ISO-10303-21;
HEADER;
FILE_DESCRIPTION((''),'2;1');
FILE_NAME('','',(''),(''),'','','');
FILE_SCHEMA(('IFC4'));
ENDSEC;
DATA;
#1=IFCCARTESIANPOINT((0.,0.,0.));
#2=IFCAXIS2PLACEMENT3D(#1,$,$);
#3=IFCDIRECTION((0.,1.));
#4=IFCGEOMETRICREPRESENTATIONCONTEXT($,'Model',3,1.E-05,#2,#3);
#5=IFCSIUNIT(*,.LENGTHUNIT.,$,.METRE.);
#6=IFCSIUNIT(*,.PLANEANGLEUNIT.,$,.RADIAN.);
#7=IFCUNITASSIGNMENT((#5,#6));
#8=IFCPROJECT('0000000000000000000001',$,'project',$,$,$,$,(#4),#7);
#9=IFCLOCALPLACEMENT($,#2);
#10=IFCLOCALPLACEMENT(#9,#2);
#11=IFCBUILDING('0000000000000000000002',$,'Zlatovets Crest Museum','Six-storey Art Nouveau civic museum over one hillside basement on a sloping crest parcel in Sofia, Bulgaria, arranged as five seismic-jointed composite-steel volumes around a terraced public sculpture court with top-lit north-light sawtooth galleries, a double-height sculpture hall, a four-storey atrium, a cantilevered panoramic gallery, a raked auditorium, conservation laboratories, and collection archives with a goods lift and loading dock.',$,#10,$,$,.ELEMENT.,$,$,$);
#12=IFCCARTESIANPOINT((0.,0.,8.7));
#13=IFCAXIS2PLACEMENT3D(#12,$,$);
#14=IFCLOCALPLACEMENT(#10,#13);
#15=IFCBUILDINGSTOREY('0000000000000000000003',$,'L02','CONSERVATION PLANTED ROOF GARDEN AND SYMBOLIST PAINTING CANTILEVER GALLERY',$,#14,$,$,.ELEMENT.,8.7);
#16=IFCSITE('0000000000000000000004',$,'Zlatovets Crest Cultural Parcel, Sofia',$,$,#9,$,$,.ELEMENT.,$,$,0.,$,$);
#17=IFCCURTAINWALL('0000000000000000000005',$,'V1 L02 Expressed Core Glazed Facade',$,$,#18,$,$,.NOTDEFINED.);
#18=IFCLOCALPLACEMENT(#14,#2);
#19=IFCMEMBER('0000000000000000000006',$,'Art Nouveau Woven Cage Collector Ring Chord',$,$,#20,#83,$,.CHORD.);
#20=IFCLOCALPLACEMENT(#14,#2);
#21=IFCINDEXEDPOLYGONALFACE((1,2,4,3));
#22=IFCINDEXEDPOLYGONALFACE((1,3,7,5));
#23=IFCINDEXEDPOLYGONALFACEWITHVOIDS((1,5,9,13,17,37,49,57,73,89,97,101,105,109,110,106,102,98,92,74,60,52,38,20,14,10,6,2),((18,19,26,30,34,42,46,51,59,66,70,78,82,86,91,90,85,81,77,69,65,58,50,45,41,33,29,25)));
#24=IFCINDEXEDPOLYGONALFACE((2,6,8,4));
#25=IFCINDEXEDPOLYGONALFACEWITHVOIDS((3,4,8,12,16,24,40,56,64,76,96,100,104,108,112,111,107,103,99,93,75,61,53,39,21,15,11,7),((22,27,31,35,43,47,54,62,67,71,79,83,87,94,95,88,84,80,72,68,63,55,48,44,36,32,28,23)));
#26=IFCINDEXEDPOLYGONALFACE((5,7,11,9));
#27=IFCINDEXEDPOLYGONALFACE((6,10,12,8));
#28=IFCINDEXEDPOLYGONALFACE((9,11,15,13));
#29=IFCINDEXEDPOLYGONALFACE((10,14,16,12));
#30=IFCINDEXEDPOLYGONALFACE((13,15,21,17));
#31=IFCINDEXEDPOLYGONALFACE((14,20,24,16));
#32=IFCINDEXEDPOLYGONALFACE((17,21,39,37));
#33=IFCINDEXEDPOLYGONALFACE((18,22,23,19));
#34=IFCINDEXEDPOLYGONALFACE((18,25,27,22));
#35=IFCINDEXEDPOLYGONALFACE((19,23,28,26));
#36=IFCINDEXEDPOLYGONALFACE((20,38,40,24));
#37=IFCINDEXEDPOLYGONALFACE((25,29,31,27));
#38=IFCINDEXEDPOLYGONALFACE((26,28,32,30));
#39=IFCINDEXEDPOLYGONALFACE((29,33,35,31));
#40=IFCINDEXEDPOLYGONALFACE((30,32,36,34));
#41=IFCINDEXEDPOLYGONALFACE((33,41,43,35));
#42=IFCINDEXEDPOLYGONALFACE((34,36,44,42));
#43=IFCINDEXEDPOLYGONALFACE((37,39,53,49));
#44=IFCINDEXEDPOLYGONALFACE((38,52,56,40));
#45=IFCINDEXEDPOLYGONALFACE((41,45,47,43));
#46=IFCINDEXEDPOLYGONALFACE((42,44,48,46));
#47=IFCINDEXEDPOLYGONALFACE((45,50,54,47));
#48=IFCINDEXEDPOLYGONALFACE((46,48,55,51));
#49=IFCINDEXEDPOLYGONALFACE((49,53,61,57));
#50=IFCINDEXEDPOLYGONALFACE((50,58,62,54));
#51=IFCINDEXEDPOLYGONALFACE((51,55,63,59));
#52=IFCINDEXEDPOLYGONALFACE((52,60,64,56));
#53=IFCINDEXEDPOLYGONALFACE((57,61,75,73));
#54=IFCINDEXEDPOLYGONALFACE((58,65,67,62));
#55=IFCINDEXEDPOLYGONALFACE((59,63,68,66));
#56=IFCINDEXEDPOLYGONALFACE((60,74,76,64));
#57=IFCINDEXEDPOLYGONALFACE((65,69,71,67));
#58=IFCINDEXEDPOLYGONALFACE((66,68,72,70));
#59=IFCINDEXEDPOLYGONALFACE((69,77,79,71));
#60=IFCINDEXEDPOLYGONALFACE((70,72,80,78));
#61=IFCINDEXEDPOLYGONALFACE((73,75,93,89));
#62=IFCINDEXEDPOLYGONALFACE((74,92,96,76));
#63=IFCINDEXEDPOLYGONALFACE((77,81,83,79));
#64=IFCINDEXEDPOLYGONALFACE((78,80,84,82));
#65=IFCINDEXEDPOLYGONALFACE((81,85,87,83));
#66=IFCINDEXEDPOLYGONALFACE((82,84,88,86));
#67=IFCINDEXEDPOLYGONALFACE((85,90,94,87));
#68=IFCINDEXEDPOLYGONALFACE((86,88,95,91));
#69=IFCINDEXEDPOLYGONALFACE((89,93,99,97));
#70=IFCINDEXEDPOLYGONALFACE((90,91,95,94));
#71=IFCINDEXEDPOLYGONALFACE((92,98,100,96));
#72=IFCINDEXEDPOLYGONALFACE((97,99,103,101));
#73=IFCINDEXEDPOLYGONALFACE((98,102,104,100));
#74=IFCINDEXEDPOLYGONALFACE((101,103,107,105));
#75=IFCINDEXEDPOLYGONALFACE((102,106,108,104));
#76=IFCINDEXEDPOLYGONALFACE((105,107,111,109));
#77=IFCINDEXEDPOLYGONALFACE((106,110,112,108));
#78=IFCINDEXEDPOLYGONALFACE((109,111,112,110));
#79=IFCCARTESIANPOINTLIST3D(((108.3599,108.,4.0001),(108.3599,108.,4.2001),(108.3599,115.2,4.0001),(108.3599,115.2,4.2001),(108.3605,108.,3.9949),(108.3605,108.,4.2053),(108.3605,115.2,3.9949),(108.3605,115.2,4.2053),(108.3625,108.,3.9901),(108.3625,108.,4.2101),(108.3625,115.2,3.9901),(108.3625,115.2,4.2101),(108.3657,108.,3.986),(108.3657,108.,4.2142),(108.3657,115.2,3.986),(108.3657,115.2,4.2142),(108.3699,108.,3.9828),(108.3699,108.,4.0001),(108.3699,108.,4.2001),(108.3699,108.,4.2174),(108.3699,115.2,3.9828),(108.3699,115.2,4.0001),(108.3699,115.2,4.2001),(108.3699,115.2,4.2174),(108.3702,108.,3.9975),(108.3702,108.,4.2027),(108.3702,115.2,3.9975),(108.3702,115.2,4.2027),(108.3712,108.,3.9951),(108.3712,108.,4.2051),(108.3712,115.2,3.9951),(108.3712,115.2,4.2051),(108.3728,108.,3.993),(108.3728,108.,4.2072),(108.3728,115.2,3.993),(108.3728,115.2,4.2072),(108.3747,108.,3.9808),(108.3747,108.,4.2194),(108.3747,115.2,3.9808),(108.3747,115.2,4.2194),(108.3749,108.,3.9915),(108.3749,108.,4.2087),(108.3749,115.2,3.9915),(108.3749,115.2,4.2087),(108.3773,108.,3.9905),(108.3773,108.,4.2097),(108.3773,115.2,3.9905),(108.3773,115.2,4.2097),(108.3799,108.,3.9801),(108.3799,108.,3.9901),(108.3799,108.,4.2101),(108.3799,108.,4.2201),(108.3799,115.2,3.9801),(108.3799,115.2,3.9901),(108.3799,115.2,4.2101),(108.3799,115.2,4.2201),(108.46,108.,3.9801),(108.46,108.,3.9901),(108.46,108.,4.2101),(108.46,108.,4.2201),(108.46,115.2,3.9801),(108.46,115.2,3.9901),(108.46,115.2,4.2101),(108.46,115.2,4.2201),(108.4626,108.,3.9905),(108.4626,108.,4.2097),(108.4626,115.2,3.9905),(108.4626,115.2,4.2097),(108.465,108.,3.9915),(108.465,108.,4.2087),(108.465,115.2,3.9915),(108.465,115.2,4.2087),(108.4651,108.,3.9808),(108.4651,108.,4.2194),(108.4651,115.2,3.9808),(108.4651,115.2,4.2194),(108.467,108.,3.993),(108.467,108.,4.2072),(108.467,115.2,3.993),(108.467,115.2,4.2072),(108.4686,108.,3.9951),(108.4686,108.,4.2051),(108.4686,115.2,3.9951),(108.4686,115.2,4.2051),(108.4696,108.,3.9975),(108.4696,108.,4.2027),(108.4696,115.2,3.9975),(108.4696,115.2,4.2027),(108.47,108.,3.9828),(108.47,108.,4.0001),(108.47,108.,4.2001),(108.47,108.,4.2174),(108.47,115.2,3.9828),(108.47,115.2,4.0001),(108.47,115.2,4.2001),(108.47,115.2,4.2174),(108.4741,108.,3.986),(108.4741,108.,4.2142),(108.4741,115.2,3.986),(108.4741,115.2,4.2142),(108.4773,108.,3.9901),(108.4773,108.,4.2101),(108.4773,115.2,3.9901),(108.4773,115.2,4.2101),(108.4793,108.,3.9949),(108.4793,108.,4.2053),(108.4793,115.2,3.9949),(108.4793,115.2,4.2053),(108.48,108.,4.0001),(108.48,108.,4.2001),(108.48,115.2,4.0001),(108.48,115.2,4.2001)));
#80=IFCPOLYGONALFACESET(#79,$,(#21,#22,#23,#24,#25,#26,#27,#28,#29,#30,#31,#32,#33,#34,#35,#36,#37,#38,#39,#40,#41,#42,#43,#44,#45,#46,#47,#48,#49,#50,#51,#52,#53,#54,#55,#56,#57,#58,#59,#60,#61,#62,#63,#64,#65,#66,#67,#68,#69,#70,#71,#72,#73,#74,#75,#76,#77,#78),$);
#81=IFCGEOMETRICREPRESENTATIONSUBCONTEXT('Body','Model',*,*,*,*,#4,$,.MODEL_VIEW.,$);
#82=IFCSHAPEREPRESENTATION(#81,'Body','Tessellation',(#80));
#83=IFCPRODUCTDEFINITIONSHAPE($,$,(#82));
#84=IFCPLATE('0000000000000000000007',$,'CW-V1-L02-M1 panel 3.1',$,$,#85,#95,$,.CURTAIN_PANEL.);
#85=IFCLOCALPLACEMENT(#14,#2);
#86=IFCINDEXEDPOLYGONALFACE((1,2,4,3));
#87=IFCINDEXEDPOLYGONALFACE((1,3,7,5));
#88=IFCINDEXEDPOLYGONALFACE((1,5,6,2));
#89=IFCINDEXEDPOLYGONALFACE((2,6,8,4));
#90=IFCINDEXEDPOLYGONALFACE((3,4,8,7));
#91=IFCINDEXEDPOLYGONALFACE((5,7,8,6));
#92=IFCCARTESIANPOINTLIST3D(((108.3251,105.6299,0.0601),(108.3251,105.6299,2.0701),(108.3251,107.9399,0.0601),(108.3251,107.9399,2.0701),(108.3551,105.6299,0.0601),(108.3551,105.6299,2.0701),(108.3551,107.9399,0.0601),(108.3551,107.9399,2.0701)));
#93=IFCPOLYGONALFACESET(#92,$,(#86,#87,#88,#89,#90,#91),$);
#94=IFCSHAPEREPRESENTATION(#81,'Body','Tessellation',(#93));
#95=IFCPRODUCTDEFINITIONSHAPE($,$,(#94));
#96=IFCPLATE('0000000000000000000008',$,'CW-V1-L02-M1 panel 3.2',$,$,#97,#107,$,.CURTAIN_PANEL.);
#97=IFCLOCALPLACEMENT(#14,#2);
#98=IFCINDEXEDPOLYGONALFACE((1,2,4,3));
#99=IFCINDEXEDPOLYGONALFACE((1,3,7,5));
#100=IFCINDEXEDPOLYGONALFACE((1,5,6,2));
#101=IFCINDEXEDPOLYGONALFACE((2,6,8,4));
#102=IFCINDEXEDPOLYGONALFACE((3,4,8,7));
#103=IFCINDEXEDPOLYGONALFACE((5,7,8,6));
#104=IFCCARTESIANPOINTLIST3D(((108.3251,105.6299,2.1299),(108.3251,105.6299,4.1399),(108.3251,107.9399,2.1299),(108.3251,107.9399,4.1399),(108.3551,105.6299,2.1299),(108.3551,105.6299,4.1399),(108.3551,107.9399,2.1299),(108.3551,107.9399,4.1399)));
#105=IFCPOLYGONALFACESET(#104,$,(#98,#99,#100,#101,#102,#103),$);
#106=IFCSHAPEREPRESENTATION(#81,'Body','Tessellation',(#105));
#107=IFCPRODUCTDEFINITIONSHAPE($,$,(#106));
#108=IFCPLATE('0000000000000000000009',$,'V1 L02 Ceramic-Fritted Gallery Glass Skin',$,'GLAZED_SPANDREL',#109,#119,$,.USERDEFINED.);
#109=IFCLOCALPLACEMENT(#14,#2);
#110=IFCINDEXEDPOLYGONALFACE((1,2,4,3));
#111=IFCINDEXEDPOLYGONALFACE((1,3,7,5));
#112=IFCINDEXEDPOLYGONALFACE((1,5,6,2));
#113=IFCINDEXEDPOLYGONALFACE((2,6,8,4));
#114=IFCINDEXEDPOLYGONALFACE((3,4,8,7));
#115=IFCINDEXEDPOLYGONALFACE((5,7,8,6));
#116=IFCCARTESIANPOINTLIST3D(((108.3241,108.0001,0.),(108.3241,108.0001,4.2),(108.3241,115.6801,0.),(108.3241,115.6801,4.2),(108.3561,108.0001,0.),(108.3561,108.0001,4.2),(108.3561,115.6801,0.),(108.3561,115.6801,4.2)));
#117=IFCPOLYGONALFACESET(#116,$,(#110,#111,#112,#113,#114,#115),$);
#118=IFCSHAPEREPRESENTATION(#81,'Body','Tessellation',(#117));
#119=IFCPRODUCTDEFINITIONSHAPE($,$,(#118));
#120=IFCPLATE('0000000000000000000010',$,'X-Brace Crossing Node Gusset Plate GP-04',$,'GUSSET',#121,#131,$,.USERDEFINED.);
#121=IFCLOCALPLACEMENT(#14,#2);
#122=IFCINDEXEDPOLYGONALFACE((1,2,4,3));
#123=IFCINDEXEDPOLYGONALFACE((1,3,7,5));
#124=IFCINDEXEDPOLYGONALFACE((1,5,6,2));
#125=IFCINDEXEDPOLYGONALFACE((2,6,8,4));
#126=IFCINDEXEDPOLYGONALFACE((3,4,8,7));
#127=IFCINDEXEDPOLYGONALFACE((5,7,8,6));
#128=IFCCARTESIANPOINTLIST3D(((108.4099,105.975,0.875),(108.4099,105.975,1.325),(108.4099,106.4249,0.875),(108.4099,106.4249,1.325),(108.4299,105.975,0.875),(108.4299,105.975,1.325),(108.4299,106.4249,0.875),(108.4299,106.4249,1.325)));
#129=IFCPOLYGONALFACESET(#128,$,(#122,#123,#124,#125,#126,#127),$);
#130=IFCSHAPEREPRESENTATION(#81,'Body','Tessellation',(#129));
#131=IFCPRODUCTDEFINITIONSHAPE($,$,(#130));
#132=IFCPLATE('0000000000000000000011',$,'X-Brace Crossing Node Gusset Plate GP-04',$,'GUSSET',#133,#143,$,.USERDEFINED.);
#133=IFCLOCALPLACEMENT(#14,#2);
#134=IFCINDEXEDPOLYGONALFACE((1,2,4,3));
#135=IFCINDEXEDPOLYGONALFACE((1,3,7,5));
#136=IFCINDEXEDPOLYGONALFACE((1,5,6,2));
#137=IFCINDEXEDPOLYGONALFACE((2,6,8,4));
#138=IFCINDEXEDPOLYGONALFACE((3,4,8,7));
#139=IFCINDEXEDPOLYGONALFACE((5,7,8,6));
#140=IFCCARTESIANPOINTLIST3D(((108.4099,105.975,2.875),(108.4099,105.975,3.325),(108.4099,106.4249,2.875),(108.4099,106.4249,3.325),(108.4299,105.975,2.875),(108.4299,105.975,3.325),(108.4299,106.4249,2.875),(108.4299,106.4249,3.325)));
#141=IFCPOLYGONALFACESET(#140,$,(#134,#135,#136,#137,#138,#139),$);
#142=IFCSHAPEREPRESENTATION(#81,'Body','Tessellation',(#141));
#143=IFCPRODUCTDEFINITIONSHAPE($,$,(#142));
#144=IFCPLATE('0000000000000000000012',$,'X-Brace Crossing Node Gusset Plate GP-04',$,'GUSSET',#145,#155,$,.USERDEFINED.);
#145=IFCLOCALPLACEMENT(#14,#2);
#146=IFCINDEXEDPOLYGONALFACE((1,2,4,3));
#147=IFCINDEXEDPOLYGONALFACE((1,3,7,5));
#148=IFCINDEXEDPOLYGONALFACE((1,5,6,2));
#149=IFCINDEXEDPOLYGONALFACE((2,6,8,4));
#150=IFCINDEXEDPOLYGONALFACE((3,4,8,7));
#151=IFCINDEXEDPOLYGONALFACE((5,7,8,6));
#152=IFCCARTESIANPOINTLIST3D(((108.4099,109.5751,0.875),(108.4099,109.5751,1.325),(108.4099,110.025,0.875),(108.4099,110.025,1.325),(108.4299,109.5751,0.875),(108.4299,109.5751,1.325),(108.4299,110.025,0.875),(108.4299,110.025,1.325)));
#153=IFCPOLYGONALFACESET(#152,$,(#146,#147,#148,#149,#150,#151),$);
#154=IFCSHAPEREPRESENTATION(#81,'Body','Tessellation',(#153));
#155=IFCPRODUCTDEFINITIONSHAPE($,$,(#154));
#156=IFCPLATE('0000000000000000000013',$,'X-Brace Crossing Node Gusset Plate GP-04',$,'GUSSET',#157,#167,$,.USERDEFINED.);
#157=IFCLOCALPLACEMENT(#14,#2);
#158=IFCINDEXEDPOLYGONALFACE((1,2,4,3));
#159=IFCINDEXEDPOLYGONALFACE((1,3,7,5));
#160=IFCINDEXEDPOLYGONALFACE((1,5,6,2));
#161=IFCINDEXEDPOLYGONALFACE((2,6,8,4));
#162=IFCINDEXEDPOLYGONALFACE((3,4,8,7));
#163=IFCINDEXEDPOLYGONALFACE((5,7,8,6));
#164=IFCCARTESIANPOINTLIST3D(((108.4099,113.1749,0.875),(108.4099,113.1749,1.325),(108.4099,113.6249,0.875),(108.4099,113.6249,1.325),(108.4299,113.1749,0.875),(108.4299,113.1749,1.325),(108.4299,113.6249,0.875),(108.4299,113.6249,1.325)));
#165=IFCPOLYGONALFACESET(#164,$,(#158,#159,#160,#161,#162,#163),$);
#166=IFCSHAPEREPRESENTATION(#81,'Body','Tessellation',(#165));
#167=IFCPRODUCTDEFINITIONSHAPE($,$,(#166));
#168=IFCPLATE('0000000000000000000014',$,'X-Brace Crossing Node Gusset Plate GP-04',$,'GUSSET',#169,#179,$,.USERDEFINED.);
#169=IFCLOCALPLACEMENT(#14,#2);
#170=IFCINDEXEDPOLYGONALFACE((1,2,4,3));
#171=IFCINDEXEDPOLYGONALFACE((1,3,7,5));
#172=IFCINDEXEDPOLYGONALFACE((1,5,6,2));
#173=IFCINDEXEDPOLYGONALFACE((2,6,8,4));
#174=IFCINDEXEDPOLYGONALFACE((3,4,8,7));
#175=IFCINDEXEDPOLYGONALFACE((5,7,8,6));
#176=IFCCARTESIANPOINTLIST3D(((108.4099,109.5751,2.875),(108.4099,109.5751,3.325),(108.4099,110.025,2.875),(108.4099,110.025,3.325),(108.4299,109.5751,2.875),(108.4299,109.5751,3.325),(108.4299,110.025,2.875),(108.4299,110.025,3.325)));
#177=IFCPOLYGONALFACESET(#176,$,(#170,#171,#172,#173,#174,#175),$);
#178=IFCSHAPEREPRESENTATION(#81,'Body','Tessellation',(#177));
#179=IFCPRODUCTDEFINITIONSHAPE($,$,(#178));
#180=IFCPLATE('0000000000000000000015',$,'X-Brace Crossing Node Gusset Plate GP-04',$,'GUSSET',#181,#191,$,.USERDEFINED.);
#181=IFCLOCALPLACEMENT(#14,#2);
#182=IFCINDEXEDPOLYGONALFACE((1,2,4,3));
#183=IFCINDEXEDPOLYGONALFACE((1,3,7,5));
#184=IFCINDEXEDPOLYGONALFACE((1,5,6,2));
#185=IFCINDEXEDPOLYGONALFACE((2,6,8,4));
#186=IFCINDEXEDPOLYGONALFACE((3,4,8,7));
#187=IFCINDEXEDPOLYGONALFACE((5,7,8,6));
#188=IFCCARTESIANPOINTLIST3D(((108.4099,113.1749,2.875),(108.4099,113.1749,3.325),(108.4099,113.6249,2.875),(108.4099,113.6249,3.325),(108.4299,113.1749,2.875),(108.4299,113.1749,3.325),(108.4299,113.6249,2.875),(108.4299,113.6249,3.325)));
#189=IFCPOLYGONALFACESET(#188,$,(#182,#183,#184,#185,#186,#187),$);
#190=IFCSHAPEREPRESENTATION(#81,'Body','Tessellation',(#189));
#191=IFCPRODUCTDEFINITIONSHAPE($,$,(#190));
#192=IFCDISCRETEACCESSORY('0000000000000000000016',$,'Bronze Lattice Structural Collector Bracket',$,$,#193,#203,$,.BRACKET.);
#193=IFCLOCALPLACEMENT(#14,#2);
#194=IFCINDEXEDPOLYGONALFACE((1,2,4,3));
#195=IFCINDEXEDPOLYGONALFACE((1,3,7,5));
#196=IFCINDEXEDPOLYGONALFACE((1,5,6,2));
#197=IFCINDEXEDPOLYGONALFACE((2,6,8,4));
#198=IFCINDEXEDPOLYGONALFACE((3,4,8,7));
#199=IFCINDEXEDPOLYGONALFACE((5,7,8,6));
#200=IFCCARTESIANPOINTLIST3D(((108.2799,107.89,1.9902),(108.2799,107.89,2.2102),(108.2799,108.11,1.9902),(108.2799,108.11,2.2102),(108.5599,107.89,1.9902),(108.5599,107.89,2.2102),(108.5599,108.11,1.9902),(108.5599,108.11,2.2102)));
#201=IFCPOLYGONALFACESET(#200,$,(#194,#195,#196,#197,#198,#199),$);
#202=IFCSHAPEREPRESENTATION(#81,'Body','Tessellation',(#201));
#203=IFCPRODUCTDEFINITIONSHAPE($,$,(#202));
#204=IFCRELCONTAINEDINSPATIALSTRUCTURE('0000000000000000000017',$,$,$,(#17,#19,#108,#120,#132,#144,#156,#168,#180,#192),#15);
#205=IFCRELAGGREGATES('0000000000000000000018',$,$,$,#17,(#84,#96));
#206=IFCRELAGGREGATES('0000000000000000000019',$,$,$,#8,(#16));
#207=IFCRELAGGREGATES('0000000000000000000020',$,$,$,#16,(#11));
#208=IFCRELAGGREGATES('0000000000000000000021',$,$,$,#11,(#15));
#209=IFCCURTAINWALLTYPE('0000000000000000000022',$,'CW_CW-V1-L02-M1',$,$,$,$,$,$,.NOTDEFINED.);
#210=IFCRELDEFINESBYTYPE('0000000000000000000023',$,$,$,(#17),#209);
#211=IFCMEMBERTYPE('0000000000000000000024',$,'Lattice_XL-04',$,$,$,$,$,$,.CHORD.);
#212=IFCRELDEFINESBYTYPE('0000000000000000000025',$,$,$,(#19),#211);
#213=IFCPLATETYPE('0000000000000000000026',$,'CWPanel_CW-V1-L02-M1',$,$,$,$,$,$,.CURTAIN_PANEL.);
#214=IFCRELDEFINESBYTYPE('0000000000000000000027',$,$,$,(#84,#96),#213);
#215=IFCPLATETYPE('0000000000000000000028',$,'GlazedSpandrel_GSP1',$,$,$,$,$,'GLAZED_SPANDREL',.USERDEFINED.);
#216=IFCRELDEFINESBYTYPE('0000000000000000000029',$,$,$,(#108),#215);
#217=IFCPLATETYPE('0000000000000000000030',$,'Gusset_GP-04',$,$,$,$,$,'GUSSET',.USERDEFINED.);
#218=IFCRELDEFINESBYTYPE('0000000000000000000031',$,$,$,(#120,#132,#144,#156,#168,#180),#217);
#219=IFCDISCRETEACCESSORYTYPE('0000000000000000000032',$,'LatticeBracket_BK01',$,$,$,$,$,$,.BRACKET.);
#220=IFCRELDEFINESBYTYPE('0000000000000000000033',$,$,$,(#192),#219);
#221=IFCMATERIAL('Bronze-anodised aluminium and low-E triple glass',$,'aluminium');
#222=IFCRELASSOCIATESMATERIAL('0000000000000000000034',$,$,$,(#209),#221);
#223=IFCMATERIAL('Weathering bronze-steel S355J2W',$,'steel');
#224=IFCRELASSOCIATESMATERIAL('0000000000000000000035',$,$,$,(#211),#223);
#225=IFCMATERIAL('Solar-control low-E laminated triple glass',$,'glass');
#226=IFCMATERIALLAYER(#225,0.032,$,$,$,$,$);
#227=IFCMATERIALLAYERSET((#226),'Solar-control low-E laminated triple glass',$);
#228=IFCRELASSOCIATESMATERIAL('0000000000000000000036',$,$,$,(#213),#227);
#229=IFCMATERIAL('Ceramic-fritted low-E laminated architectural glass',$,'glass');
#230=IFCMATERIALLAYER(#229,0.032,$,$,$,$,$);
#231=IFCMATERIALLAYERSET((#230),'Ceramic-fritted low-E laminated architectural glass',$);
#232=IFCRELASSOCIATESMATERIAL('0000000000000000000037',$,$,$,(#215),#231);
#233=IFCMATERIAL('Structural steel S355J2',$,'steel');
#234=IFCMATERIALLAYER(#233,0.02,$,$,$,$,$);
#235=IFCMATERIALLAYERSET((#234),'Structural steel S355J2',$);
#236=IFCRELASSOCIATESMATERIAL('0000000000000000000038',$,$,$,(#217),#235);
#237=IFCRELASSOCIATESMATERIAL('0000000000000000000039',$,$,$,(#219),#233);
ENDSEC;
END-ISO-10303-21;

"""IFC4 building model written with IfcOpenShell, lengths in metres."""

from ifc_helpers import new_model, si_unit, direction, frame, origin, origin_2d, place, context, subcontext, project, spatial, rectangle, hollow_rectangle, extrude, material, layer, layer_set, material_profile, profile_set, type_object, element, aggregate, save


model = new_model("IFC4")

# Units and contexts
model_context = context("Model", 3, precision=1e-05, world=origin(), true_north=direction((0.0, 1.0)))
body_context = subcontext(model_context, "Body", "Model", "MODEL_VIEW")
ifc_project = project(units=[si_unit("LENGTHUNIT", "METRE"), si_unit("PLANEANGLEUNIT", "RADIAN")], contexts=[model_context])

# Site, building, storey
site_placement = place(None, origin())
site = spatial("IfcSite", under=ifc_project, at=site_placement, Name="Zlatovets Crest Cultural Parcel, Sofia", CompositionType="ELEMENT", RefElevation=0.0)
building_placement = place(site_placement, origin())
building = spatial("IfcBuilding", under=site, at=building_placement, Name="Zlatovets Crest Museum", Description="Six-storey Art Nouveau civic museum over one hillside basement on a sloping crest parcel in Sofia, Bulgaria, arranged as five seismic-jointed composite-steel volumes around a terraced public sculpture court with top-lit north-light sawtooth galleries, a double-height sculpture hall, a four-storey atrium, a cantilevered panoramic gallery, a raked auditorium, conservation laboratories, and collection archives with a goods lift and loading dock.", CompositionType="ELEMENT")
storey_placement = place(building_placement, frame((0.0, 0.0, 8.7)))
storey = spatial("IfcBuildingStorey", under=building, at=storey_placement, Name="L02", Description="CONSERVATION PLANTED ROOF GARDEN AND SYMBOLIST PAINTING CANTILEVER GALLERY", CompositionType="ELEMENT", Elevation=8.7)

# Curtain wall
ifc_material_1 = material(Name="Bronze-anodised aluminium and low-E triple glass", Category="aluminium")
curtain_wall_type = type_object("IfcCurtainWallType", Name="CW_CW-V1-L02-M1", PredefinedType="NOTDEFINED", material=ifc_material_1)
curtain_wall_placement = place(storey_placement, origin())
curtain_wall = element("IfcCurtainWall", 1, at=curtain_wall_placement, inside=storey, type_object=curtain_wall_type, Name="V1 L02 Expressed Core Glazed Facade", PredefinedType="NOTDEFINED")

# Member
ifc_material_2 = material(Name="Weathering bronze-steel S355J2W", Category="steel")
ifc_material_profile_1 = material_profile(ifc_material_2, hollow_rectangle(XDim=0.1201, YDim=0.24, WallThickness=0.01, InnerFilletRadius=0.01, OuterFilletRadius=0.02, at=origin_2d()), Name="RHS 120x240x10.0")
ifc_profile_set_1 = profile_set([ifc_material_profile_1], Name="Weathering bronze-steel S355J2W")
member_type_1 = type_object("IfcMemberType", Name="Lattice_XL-04", PredefinedType="CHORD", material=ifc_profile_set_1)
member_1_placement = place(storey_placement, frame((108.4199, 108.0, 4.1001), z_axis=(0.0, 1.0, 0.0), x_axis=(-1.0, 0.0, 0.0)))
element("IfcMember", 2, at=member_1_placement, inside=storey, type_object=member_type_1, Name="Art Nouveau Woven Cage Collector Ring Chord", PredefinedType="CHORD", context=body_context, shape_type="SweptSolid", body=[
    extrude(hollow_rectangle(XDim=0.1201, YDim=0.24, WallThickness=0.01, InnerFilletRadius=0.01, OuterFilletRadius=0.02, at=origin_2d()), origin(), (0.0, 0.0, 1.0), 7.2),
])

# Plates
ifc_material_3 = material(Name="Solar-control low-E laminated triple glass", Category="glass")
ifc_layer_1 = layer(ifc_material_3, 0.032)
ifc_layer_set_1 = layer_set([ifc_layer_1], Name="Solar-control low-E laminated triple glass")
plate_type_1 = type_object("IfcPlateType", Name="CWPanel_CW-V1-L02-M1", PredefinedType="CURTAIN_PANEL", material=ifc_layer_set_1)
plate_1_placement = place(storey_placement, frame((108.3401, 106.7849, 0.0601), z_axis=(0.0, 0.0, 1.0), x_axis=(0.0, 1.0, 0.0)))
plate_1 = element("IfcPlate", 3, at=plate_1_placement, type_object=plate_type_1, Name="CW-V1-L02-M1 panel 3.1", PredefinedType="CURTAIN_PANEL", context=body_context, shape_type="SweptSolid", body=[
    extrude(rectangle(XDim=2.3101, YDim=0.03, at=origin_2d()), origin(), (0.0, 0.0, 1.0), 2.01),
])
plate_2_placement = place(storey_placement, frame((108.3401, 106.7849, 2.1299), z_axis=(0.0, 0.0, 1.0), x_axis=(0.0, 1.0, 0.0)))
plate_2 = element("IfcPlate", 4, at=plate_2_placement, type_object=plate_type_1, Name="CW-V1-L02-M1 panel 3.2", PredefinedType="CURTAIN_PANEL", context=body_context, shape_type="SweptSolid", body=[
    extrude(rectangle(XDim=2.3101, YDim=0.03, at=origin_2d()), origin(), (0.0, 0.0, 1.0), 2.01),
])
aggregate(curtain_wall, [plate_1, plate_2])

# Plates
ifc_material_4 = material(Name="Ceramic-fritted low-E laminated architectural glass", Category="glass")
ifc_layer_2 = layer(ifc_material_4, 0.032)
ifc_layer_set_2 = layer_set([ifc_layer_2], Name="Ceramic-fritted low-E laminated architectural glass")
plate_type_2 = type_object("IfcPlateType", Name="GlazedSpandrel_GSP1", ElementType="GLAZED_SPANDREL", PredefinedType="USERDEFINED", material=ifc_layer_set_2)
plate_3_placement = place(storey_placement, frame((108.3401, 111.8401, 0.0), z_axis=(0.0, 0.0, 1.0), x_axis=(0.0, 1.0, 0.0)))
element("IfcPlate", 5, at=plate_3_placement, inside=storey, type_object=plate_type_2, Name="V1 L02 Ceramic-Fritted Gallery Glass Skin", ObjectType="GLAZED_SPANDREL", PredefinedType="USERDEFINED", context=body_context, shape_type="SweptSolid", body=[
    extrude(rectangle(XDim=7.6799, YDim=0.032, at=origin_2d()), origin(), (0.0, 0.0, 1.0), 4.2),
])
ifc_material_5 = material(Name="Structural steel S355J2", Category="steel")
ifc_layer_3 = layer(ifc_material_5, 0.02)
ifc_layer_set_3 = layer_set([ifc_layer_3], Name="Structural steel S355J2")
plate_type_3 = type_object("IfcPlateType", Name="Gusset_GP-04", ElementType="GUSSET", PredefinedType="USERDEFINED", material=ifc_layer_set_3)
for number, where, z_axis, x_axis, name in (
    (6, (108.4199, 106.2, 0.875), (0.0, 0.0, 1.0), (1.0, 0.0, 0.0), "X-Brace Crossing Node Gusset Plate GP-04"),
    (7, (108.4199, 106.2, 2.875), (0.0, 0.0, 1.0), (1.0, 0.0, 0.0), "X-Brace Crossing Node Gusset Plate GP-04"),
    (8, (108.4199, 109.8, 0.875), (0.0, 0.0, 1.0), (1.0, 0.0, 0.0), "X-Brace Crossing Node Gusset Plate GP-04"),
    (9, (108.4199, 113.3999, 0.875), (0.0, 0.0, 1.0), (1.0, 0.0, 0.0), "X-Brace Crossing Node Gusset Plate GP-04"),
    (10, (108.4199, 109.8, 2.875), (0.0, 0.0, 1.0), (1.0, 0.0, 0.0), "X-Brace Crossing Node Gusset Plate GP-04"),
    (11, (108.4199, 113.3999, 2.875), (0.0, 0.0, 1.0), (1.0, 0.0, 0.0), "X-Brace Crossing Node Gusset Plate GP-04"),
):
    element("IfcPlate", number, at=place(storey_placement, frame(where, z_axis=z_axis, x_axis=x_axis)), inside=storey, type_object=plate_type_3, Name=name, ObjectType="GUSSET", PredefinedType="USERDEFINED", context=body_context, shape_type="SweptSolid", body=[
        extrude(rectangle(XDim=0.02, YDim=0.45, at=origin_2d()), origin(), (0.0, 0.0, 1.0), 0.45),
    ])

# Discrete accessory
discrete_accessory_type = type_object("IfcDiscreteAccessoryType", Name="LatticeBracket_BK01", PredefinedType="BRACKET", material=ifc_material_5)
for number, where, z_axis, x_axis, name in (
    (12, (108.4199, 108.0, 1.9902), (0.0, 0.0, 1.0), (1.0, 0.0, 0.0), "Bronze Lattice Structural Collector Bracket"),
):
    element("IfcDiscreteAccessory", number, at=place(storey_placement, frame(where, z_axis=z_axis, x_axis=x_axis)), inside=storey, type_object=discrete_accessory_type, Name=name, PredefinedType="BRACKET", context=body_context, shape_type="SweptSolid", body=[
        extrude(rectangle(XDim=0.28, YDim=0.22, at=origin_2d()), origin(), (0.0, 0.0, 1.0), 0.22),
    ])

save(model, "model.ifc")
